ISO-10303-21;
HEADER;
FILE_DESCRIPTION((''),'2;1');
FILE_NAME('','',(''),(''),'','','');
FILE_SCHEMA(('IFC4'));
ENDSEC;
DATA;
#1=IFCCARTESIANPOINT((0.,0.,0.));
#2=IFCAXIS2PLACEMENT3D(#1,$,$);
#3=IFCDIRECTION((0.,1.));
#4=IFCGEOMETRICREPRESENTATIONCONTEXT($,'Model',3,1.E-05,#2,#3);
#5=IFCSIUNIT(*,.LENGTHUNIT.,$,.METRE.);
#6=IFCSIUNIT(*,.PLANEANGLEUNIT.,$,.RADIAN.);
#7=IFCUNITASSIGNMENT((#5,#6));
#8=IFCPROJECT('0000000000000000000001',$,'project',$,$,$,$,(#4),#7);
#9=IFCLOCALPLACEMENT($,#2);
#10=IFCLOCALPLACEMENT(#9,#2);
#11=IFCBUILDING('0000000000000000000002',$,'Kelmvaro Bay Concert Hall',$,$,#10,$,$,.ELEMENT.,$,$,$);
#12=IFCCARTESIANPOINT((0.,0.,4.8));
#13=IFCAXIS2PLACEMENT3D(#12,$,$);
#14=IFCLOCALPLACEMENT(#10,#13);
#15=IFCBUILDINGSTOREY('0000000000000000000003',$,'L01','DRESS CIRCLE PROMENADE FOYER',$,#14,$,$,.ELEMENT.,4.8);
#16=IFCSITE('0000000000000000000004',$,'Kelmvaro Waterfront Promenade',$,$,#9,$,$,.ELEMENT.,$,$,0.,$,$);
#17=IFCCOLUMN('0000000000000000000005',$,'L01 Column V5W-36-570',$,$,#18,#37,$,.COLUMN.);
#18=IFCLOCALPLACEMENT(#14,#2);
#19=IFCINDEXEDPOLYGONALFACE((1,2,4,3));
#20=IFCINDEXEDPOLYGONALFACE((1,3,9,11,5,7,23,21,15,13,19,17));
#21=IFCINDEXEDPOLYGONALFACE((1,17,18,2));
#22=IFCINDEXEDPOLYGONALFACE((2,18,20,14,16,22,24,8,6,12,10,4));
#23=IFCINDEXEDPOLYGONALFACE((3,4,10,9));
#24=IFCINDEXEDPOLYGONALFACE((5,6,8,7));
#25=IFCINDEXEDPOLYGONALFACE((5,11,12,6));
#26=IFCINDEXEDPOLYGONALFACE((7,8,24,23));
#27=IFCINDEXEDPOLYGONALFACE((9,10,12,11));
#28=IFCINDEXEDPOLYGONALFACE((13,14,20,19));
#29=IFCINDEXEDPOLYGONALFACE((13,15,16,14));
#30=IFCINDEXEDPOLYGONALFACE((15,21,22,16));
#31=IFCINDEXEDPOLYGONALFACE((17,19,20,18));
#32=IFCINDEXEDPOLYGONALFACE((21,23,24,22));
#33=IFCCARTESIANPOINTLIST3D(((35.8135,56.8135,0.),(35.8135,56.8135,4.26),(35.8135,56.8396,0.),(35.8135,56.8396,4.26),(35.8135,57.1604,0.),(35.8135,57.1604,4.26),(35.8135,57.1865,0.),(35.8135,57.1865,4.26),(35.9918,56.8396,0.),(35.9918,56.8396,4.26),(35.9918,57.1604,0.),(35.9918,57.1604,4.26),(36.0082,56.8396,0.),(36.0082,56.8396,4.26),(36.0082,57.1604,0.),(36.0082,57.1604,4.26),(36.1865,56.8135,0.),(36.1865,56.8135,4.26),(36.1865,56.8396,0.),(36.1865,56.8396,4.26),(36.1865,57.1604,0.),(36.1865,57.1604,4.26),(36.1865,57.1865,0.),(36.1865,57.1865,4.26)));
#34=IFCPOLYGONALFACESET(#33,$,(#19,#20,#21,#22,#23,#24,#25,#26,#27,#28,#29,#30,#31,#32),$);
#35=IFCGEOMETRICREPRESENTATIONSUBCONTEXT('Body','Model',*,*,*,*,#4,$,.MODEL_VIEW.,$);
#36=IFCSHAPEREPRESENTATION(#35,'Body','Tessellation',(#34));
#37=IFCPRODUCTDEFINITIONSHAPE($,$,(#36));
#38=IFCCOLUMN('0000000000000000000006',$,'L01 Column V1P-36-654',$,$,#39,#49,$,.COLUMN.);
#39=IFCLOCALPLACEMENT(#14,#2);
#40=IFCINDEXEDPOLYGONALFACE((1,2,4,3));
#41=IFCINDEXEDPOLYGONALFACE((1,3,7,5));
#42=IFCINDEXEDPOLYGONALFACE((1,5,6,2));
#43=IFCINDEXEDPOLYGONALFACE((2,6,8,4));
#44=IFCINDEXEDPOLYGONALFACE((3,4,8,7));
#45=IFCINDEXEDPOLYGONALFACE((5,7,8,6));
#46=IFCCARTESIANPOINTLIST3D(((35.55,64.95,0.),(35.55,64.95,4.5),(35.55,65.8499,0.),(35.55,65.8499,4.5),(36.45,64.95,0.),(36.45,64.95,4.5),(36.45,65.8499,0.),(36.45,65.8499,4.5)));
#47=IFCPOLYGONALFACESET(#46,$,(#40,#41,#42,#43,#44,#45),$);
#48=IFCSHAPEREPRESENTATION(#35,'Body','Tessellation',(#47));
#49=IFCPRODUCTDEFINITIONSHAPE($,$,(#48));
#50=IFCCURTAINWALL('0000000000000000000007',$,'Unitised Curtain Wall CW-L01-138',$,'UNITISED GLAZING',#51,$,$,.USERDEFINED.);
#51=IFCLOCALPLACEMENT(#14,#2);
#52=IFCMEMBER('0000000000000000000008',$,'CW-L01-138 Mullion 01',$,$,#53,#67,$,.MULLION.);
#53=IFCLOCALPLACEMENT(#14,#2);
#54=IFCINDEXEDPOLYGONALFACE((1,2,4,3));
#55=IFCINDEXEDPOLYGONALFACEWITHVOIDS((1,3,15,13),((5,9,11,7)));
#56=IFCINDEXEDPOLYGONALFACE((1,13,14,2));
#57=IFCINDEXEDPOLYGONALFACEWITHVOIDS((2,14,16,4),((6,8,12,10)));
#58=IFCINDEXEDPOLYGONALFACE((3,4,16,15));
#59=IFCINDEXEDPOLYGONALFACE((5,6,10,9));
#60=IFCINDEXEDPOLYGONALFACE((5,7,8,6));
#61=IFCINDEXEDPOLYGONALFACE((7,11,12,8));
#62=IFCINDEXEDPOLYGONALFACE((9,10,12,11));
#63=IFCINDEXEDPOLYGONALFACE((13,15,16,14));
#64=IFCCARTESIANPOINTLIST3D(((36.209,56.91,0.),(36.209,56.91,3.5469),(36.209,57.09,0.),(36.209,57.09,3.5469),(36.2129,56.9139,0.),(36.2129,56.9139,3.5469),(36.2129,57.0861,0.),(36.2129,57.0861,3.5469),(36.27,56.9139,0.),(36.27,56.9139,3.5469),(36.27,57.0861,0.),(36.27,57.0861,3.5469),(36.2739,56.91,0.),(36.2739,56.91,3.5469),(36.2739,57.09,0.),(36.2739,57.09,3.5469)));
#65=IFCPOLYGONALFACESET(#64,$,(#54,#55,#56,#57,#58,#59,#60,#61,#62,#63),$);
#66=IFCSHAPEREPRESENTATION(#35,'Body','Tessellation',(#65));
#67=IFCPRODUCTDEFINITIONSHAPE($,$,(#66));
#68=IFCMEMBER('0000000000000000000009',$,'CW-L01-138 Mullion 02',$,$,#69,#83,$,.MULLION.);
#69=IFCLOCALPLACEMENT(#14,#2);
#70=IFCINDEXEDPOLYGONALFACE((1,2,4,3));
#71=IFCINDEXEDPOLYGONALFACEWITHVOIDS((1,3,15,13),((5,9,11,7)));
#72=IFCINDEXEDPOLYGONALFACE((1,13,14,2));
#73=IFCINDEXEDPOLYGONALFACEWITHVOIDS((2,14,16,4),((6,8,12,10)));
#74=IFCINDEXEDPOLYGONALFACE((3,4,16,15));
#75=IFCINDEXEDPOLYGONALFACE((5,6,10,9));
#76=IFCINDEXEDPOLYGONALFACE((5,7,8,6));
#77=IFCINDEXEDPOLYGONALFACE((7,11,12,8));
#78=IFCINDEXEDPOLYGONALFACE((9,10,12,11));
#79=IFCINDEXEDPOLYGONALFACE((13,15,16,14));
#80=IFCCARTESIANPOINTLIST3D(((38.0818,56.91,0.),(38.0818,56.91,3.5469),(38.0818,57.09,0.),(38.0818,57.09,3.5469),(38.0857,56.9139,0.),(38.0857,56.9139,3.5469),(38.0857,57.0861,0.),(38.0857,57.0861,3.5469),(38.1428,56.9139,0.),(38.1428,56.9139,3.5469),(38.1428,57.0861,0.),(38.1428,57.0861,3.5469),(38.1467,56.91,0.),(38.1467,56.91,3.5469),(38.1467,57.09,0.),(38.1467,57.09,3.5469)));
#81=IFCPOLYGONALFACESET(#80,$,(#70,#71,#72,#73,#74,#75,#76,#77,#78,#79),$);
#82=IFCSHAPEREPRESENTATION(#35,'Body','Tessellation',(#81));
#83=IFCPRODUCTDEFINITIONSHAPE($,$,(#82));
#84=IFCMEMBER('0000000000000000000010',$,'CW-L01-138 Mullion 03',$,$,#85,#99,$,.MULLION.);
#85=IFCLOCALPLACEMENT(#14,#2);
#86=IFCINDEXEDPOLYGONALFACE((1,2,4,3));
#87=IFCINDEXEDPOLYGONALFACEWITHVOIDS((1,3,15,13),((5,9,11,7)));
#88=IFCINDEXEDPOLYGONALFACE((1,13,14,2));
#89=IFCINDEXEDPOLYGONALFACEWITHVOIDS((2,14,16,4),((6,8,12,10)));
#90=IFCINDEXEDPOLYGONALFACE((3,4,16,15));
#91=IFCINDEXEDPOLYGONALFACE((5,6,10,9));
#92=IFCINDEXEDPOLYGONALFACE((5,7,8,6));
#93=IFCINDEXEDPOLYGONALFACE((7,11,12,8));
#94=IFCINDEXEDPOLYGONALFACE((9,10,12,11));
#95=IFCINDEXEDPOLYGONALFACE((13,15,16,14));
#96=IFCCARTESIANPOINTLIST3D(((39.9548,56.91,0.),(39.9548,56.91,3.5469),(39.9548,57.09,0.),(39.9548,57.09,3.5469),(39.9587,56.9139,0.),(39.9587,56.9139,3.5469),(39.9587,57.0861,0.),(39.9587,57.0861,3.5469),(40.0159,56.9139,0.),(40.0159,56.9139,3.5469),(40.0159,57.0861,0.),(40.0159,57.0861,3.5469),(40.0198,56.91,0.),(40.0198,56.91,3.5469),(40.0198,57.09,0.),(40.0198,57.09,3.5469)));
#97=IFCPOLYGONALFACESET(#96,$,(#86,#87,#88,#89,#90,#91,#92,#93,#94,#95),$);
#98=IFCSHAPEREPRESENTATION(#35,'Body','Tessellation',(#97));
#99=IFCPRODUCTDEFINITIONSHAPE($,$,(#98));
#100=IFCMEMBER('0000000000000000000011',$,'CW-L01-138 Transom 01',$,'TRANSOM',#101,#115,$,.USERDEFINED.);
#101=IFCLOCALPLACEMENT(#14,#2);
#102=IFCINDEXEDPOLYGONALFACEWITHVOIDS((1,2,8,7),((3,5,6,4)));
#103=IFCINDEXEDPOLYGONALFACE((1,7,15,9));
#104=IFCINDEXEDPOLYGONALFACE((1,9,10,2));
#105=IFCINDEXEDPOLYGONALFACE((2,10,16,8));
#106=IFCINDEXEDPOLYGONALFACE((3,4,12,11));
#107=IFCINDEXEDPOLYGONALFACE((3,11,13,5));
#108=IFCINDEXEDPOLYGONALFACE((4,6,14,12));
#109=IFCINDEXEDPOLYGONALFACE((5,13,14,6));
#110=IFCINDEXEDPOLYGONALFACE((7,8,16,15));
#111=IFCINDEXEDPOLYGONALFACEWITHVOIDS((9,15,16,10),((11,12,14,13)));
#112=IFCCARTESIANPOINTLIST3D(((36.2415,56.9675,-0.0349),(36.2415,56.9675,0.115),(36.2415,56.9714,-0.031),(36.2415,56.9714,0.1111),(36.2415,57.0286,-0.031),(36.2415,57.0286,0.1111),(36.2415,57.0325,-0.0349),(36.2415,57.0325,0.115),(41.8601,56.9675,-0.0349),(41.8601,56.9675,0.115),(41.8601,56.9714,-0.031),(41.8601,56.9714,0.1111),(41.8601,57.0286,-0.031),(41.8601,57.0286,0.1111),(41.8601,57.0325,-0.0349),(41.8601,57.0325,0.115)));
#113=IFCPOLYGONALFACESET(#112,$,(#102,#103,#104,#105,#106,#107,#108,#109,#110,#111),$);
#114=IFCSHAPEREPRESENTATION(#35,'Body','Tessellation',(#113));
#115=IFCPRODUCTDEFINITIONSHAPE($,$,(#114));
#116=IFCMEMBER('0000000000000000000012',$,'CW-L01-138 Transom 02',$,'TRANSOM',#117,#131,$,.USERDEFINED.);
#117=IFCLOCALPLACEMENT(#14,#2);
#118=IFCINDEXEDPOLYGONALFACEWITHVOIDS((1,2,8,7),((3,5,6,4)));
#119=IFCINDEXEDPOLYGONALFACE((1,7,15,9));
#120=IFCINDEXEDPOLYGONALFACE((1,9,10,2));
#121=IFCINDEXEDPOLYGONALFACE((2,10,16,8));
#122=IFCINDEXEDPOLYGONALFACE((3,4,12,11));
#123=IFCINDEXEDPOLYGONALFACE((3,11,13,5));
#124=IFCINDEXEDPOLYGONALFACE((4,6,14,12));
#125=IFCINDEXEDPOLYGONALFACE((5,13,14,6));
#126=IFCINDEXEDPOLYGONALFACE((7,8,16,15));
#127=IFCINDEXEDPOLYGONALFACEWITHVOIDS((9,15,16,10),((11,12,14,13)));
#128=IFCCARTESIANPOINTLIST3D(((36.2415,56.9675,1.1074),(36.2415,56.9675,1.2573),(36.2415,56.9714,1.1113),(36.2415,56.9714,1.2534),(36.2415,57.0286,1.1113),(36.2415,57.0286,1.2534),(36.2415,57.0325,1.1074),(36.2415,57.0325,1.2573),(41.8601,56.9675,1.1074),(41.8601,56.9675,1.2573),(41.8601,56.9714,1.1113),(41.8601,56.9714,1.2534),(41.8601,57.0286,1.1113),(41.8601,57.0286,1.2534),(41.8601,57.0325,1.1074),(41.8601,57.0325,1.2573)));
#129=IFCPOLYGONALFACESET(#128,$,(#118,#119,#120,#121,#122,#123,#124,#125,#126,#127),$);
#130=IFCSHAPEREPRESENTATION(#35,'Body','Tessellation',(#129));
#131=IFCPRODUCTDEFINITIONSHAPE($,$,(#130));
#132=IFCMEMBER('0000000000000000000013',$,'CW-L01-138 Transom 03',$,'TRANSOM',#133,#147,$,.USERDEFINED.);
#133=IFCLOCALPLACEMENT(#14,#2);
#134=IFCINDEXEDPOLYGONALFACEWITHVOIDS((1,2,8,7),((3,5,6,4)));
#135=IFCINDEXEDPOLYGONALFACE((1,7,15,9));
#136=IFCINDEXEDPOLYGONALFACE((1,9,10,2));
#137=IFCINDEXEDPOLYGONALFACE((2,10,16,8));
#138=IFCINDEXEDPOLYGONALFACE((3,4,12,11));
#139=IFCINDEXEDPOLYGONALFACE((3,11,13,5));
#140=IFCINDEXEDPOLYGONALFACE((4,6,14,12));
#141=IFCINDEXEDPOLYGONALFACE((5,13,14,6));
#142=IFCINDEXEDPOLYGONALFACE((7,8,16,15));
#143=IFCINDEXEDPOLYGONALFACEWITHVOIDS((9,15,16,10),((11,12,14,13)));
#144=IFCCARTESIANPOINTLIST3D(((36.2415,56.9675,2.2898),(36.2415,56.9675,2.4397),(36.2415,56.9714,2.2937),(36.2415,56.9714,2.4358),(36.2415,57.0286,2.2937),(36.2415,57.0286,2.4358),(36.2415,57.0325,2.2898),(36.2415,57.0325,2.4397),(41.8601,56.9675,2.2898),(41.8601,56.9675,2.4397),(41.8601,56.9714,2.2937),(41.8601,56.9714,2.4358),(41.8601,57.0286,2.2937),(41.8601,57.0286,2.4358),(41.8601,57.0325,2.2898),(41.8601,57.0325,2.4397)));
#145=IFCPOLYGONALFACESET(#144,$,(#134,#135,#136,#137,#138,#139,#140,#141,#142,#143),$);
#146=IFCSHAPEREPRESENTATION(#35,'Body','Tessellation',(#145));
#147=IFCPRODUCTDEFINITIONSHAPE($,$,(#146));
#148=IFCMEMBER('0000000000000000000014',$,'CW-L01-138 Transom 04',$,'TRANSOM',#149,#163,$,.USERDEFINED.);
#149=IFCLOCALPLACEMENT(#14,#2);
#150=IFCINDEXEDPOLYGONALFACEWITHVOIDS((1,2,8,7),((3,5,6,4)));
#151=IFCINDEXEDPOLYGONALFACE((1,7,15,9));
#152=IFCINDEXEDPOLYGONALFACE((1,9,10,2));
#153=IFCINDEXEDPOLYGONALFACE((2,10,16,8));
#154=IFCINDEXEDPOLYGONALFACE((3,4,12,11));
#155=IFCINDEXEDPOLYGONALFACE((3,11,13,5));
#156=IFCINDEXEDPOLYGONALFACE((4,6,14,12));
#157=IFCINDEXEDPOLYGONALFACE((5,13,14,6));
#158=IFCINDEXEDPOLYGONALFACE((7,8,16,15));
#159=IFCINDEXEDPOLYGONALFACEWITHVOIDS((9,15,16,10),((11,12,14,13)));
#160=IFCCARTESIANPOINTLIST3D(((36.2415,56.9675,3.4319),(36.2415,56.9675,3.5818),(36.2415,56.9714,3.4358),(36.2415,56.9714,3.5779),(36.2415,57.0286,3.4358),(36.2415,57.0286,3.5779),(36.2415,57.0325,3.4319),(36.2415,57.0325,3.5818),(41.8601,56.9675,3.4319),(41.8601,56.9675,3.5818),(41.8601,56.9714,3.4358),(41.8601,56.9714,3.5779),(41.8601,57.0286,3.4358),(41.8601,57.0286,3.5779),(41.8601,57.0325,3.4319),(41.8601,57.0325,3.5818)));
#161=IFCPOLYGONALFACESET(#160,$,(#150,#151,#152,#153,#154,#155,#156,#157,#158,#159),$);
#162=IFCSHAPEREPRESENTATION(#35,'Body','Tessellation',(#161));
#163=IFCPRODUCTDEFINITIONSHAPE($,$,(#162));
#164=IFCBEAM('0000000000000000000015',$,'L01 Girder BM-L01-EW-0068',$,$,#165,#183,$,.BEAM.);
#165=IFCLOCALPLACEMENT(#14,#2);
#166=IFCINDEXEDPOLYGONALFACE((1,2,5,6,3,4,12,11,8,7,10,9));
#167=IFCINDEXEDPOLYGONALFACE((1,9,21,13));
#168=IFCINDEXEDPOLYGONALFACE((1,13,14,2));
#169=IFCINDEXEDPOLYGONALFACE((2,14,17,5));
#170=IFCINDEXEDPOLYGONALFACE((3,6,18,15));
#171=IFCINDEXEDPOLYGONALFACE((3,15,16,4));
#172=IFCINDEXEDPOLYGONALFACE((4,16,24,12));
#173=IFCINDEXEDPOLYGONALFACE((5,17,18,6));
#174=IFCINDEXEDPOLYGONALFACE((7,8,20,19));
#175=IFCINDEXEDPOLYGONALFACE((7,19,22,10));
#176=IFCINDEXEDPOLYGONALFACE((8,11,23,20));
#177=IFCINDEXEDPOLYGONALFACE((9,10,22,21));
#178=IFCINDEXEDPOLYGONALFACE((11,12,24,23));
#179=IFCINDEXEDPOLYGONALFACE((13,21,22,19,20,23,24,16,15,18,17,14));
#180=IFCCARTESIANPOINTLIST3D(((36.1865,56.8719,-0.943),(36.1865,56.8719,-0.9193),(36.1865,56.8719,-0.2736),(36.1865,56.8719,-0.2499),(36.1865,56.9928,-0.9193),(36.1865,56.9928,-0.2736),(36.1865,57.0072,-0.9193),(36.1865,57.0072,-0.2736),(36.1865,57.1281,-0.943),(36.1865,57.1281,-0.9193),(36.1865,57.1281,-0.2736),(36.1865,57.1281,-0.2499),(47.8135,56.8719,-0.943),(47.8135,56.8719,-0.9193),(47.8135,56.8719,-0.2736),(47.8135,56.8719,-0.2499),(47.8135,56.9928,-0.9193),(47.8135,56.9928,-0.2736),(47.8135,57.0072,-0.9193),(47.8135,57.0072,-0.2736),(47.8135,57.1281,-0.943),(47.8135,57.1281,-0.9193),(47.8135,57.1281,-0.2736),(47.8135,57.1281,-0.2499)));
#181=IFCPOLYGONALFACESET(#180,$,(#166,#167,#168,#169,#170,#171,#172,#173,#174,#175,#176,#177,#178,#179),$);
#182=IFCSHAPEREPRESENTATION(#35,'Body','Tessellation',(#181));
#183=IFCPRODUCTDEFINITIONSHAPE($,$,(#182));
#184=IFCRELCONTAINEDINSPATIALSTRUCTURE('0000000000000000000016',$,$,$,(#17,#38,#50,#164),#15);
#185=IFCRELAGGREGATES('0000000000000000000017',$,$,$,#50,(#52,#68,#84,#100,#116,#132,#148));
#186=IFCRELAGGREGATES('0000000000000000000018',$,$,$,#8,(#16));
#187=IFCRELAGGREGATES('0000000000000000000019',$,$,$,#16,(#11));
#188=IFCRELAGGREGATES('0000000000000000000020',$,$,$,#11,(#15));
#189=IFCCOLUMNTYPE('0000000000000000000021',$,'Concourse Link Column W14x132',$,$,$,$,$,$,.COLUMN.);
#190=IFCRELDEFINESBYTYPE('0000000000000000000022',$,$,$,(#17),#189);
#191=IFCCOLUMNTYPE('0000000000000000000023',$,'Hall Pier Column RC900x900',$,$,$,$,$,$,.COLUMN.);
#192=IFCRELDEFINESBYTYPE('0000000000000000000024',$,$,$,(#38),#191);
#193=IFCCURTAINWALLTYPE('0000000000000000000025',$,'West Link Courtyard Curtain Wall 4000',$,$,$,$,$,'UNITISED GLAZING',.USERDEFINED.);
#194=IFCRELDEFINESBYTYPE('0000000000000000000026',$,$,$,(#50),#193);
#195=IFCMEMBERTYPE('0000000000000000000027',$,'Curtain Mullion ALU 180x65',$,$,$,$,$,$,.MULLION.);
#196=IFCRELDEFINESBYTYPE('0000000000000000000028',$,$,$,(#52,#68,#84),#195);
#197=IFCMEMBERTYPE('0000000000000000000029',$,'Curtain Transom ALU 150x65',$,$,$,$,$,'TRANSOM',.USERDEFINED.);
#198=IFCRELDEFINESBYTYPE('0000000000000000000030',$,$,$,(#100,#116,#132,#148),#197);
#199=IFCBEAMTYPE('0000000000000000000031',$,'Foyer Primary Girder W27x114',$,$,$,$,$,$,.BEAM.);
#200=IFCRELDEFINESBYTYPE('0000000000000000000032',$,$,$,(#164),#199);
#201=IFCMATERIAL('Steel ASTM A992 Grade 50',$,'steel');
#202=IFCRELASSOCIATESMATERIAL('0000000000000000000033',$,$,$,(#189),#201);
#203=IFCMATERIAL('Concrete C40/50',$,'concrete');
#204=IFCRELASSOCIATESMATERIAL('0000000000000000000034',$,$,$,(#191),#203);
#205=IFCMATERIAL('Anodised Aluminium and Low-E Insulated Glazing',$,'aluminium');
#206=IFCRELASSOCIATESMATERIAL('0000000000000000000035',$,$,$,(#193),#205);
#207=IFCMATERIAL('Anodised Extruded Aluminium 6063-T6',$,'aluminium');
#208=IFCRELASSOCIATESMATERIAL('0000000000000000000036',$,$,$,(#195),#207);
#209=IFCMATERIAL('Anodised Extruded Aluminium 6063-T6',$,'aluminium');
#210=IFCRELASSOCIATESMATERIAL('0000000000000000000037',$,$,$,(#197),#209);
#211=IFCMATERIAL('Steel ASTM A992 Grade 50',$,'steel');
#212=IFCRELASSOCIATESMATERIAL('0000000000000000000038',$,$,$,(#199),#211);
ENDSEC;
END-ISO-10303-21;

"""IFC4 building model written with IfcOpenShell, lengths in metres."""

from ifc_helpers import new_model, si_unit, direction, frame, origin, origin_2d, place, context, subcontext, project, spatial, rectangle, hollow_rectangle, i_section, extrude, material, material_profile, profile_set, type_object, element, aggregate, save


model = new_model("IFC4")

# Units and contexts
model_context = context("Model", 3, precision=1e-05, world=origin(), true_north=direction((0.0, 1.0)))
body_context = subcontext(model_context, "Body", "Model", "MODEL_VIEW")
ifc_project = project(units=[si_unit("LENGTHUNIT", "METRE"), si_unit("PLANEANGLEUNIT", "RADIAN")], contexts=[model_context])

# Site, building, storey
site_placement = place(None, origin())
site = spatial("IfcSite", under=ifc_project, at=site_placement, Name="Kelmvaro Waterfront Promenade", CompositionType="ELEMENT", RefElevation=0.0)
building_placement = place(site_placement, origin())
building = spatial("IfcBuilding", under=site, at=building_placement, Name="Kelmvaro Bay Concert Hall", CompositionType="ELEMENT")
storey_placement = place(building_placement, frame((0.0, 0.0, 4.8)))
storey = spatial("IfcBuildingStorey", under=building, at=storey_placement, Name="L01", Description="DRESS CIRCLE PROMENADE FOYER", CompositionType="ELEMENT", Elevation=4.8)

# Columns
ifc_material_1 = material(Name="Steel ASTM A992 Grade 50", Category="steel")
ifc_material_profile_1 = material_profile(ifc_material_1, i_section(OverallWidth=0.373, OverallDepth=0.373, WebThickness=0.0164, FlangeThickness=0.0261, at=origin_2d()), Name="W14X132")
ifc_profile_set_1 = profile_set([ifc_material_profile_1], Name="Steel ASTM A992 Grade 50")
column_type_1 = type_object("IfcColumnType", Name="Concourse Link Column W14x132", PredefinedType="COLUMN", material=ifc_profile_set_1)
column_1_placement = place(storey_placement, frame((36.0, 57.0, 0.0), z_axis=(0.0, 0.0, 1.0), x_axis=(1.0, 0.0, 0.0)))
element("IfcColumn", 1, at=column_1_placement, inside=storey, type_object=column_type_1, Name="L01 Column V5W-36-570", PredefinedType="COLUMN", context=body_context, shape_type="SweptSolid", body=[
    extrude(i_section(OverallWidth=0.373, OverallDepth=0.373, WebThickness=0.0164, FlangeThickness=0.0261, at=origin_2d()), origin(), (0.0, 0.0, 1.0), 4.26),
])
ifc_material_2 = material(Name="Concrete C40/50", Category="concrete")
ifc_material_profile_2 = material_profile(ifc_material_2, rectangle(XDim=0.8999, YDim=0.8999, at=origin_2d()), Name="RC-COL-900X900")
ifc_profile_set_2 = profile_set([ifc_material_profile_2], Name="Concrete C40/50")
column_type_2 = type_object("IfcColumnType", Name="Hall Pier Column RC900x900", PredefinedType="COLUMN", material=ifc_profile_set_2)
column_2_placement = place(storey_placement, frame((36.0, 65.3999, 0.0), z_axis=(0.0, 0.0, 1.0), x_axis=(1.0, 0.0, 0.0)))
element("IfcColumn", 2, at=column_2_placement, inside=storey, type_object=column_type_2, Name="L01 Column V1P-36-654", PredefinedType="COLUMN", context=body_context, shape_type="SweptSolid", body=[
    extrude(rectangle(XDim=0.8999, YDim=0.8999, at=origin_2d()), origin(), (0.0, 0.0, 1.0), 4.5),
])

# Curtain wall, members
ifc_material_3 = material(Name="Anodised Aluminium and Low-E Insulated Glazing", Category="aluminium")
curtain_wall_type_1 = type_object("IfcCurtainWallType", Name="West Link Courtyard Curtain Wall 4000", ElementType="UNITISED GLAZING", PredefinedType="USERDEFINED", material=ifc_material_3)
curtain_wall_1_placement = place(storey_placement, origin())
curtain_wall_1 = element("IfcCurtainWall", 3, at=curtain_wall_1_placement, inside=storey, type_object=curtain_wall_type_1, Name="Unitised Curtain Wall CW-L01-138", ObjectType="UNITISED GLAZING", PredefinedType="USERDEFINED")
ifc_material_4 = material(Name="Anodised Extruded Aluminium 6063-T6", Category="aluminium")
ifc_material_profile_3 = material_profile(ifc_material_4, hollow_rectangle(XDim=0.0649, YDim=0.1799, WallThickness=0.0039, at=origin_2d()), Name="ALU-MUL-180X65")
ifc_profile_set_3 = profile_set([ifc_material_profile_3], Name="Anodised Extruded Aluminium 6063-T6")
member_type_1 = type_object("IfcMemberType", Name="Curtain Mullion ALU 180x65", PredefinedType="MULLION", material=ifc_profile_set_3)
member_1_placement = place(storey_placement, frame((36.2415, 57.0, 0.0), z_axis=(0.0, 0.0, 1.0), x_axis=(1.0, 0.0, 0.0)))
member_1 = element("IfcMember", 4, at=member_1_placement, type_object=member_type_1, Name="CW-L01-138 Mullion 01", PredefinedType="MULLION", context=body_context, shape_type="SweptSolid", body=[
    extrude(hollow_rectangle(XDim=0.0649, YDim=0.1799, WallThickness=0.0039, at=origin_2d()), origin(), (0.0, 0.0, 1.0), 3.5469),
])
member_2_placement = place(storey_placement, frame((38.1143, 57.0, 0.0), z_axis=(0.0, 0.0, 1.0), x_axis=(1.0, 0.0, 0.0)))
member_2 = element("IfcMember", 5, at=member_2_placement, type_object=member_type_1, Name="CW-L01-138 Mullion 02", PredefinedType="MULLION", context=body_context, shape_type="SweptSolid", body=[
    extrude(hollow_rectangle(XDim=0.0649, YDim=0.1799, WallThickness=0.0039, at=origin_2d()), origin(), (0.0, 0.0, 1.0), 3.5469),
])
member_3_placement = place(storey_placement, frame((39.9873, 57.0, 0.0), z_axis=(0.0, 0.0, 1.0), x_axis=(1.0, 0.0, 0.0)))
member_3 = element("IfcMember", 6, at=member_3_placement, type_object=member_type_1, Name="CW-L01-138 Mullion 03", PredefinedType="MULLION", context=body_context, shape_type="SweptSolid", body=[
    extrude(hollow_rectangle(XDim=0.0649, YDim=0.1799, WallThickness=0.0039, at=origin_2d()), origin(), (0.0, 0.0, 1.0), 3.5469),
])
ifc_material_5 = material(Name="Anodised Extruded Aluminium 6063-T6", Category="aluminium")
ifc_material_profile_4 = material_profile(ifc_material_5, hollow_rectangle(XDim=0.0649, YDim=0.1499, WallThickness=0.0039, at=origin_2d()), Name="ALU-TRN-150X65")
ifc_profile_set_4 = profile_set([ifc_material_profile_4], Name="Anodised Extruded Aluminium 6063-T6")
member_type_2 = type_object("IfcMemberType", Name="Curtain Transom ALU 150x65", ElementType="TRANSOM", PredefinedType="USERDEFINED", material=ifc_profile_set_4)
member_4_placement = place(storey_placement, frame((36.2415, 57.0, 0.04), z_axis=(1.0, 0.0, 0.0), x_axis=(0.0, 1.0, 0.0)))
member_4 = element("IfcMember", 7, at=member_4_placement, type_object=member_type_2, Name="CW-L01-138 Transom 01", ObjectType="TRANSOM", PredefinedType="USERDEFINED", context=body_context, shape_type="SweptSolid", body=[
    extrude(hollow_rectangle(XDim=0.0649, YDim=0.1499, WallThickness=0.0039, at=origin_2d()), origin(), (0.0, 0.0, 1.0), 5.6187),
])
member_5_placement = place(storey_placement, frame((36.2415, 57.0, 1.1824), z_axis=(1.0, 0.0, 0.0), x_axis=(0.0, 1.0, 0.0)))
member_5 = element("IfcMember", 8, at=member_5_placement, type_object=member_type_2, Name="CW-L01-138 Transom 02", ObjectType="TRANSOM", PredefinedType="USERDEFINED", context=body_context, shape_type="SweptSolid", body=[
    extrude(hollow_rectangle(XDim=0.0649, YDim=0.1499, WallThickness=0.0039, at=origin_2d()), origin(), (0.0, 0.0, 1.0), 5.6187),
])
member_6_placement = place(storey_placement, frame((36.2415, 57.0, 2.3647), z_axis=(1.0, 0.0, 0.0), x_axis=(0.0, 1.0, 0.0)))
member_6 = element("IfcMember", 9, at=member_6_placement, type_object=member_type_2, Name="CW-L01-138 Transom 03", ObjectType="TRANSOM", PredefinedType="USERDEFINED", context=body_context, shape_type="SweptSolid", body=[
    extrude(hollow_rectangle(XDim=0.0649, YDim=0.1499, WallThickness=0.0039, at=origin_2d()), origin(), (0.0, 0.0, 1.0), 5.6187),
])
member_7_placement = place(storey_placement, frame((36.2415, 57.0, 3.5068), z_axis=(1.0, 0.0, 0.0), x_axis=(0.0, 1.0, 0.0)))
member_7 = element("IfcMember", 10, at=member_7_placement, type_object=member_type_2, Name="CW-L01-138 Transom 04", ObjectType="TRANSOM", PredefinedType="USERDEFINED", context=body_context, shape_type="SweptSolid", body=[
    extrude(hollow_rectangle(XDim=0.0649, YDim=0.1499, WallThickness=0.0039, at=origin_2d()), origin(), (0.0, 0.0, 1.0), 5.6187),
])

# Beam
ifc_material_6 = material(Name="Steel ASTM A992 Grade 50", Category="steel")
ifc_material_profile_5 = material_profile(ifc_material_6, i_section(OverallWidth=0.2561, OverallDepth=0.6931, WebThickness=0.0144, FlangeThickness=0.0237, at=origin_2d()), Name="W27X114")
ifc_profile_set_5 = profile_set([ifc_material_profile_5], Name="Steel ASTM A992 Grade 50")
beam_type_1 = type_object("IfcBeamType", Name="Foyer Primary Girder W27x114", PredefinedType="BEAM", material=ifc_profile_set_5)
beam_1_placement = place(storey_placement, frame((36.1865, 57.0, -0.5964), z_axis=(1.0, 0.0, 0.0), x_axis=(0.0, 1.0, 0.0)))
element("IfcBeam", 11, at=beam_1_placement, inside=storey, type_object=beam_type_1, Name="L01 Girder BM-L01-EW-0068", PredefinedType="BEAM", context=body_context, shape_type="SweptSolid", body=[
    extrude(i_section(OverallWidth=0.2561, OverallDepth=0.6931, WebThickness=0.0144, FlangeThickness=0.0237, at=origin_2d()), origin(), (0.0, 0.0, 1.0), 11.627),
])

aggregate(curtain_wall_1, [member_1, member_2, member_3, member_4, member_5, member_6, member_7])

save(model, "model.ifc")
